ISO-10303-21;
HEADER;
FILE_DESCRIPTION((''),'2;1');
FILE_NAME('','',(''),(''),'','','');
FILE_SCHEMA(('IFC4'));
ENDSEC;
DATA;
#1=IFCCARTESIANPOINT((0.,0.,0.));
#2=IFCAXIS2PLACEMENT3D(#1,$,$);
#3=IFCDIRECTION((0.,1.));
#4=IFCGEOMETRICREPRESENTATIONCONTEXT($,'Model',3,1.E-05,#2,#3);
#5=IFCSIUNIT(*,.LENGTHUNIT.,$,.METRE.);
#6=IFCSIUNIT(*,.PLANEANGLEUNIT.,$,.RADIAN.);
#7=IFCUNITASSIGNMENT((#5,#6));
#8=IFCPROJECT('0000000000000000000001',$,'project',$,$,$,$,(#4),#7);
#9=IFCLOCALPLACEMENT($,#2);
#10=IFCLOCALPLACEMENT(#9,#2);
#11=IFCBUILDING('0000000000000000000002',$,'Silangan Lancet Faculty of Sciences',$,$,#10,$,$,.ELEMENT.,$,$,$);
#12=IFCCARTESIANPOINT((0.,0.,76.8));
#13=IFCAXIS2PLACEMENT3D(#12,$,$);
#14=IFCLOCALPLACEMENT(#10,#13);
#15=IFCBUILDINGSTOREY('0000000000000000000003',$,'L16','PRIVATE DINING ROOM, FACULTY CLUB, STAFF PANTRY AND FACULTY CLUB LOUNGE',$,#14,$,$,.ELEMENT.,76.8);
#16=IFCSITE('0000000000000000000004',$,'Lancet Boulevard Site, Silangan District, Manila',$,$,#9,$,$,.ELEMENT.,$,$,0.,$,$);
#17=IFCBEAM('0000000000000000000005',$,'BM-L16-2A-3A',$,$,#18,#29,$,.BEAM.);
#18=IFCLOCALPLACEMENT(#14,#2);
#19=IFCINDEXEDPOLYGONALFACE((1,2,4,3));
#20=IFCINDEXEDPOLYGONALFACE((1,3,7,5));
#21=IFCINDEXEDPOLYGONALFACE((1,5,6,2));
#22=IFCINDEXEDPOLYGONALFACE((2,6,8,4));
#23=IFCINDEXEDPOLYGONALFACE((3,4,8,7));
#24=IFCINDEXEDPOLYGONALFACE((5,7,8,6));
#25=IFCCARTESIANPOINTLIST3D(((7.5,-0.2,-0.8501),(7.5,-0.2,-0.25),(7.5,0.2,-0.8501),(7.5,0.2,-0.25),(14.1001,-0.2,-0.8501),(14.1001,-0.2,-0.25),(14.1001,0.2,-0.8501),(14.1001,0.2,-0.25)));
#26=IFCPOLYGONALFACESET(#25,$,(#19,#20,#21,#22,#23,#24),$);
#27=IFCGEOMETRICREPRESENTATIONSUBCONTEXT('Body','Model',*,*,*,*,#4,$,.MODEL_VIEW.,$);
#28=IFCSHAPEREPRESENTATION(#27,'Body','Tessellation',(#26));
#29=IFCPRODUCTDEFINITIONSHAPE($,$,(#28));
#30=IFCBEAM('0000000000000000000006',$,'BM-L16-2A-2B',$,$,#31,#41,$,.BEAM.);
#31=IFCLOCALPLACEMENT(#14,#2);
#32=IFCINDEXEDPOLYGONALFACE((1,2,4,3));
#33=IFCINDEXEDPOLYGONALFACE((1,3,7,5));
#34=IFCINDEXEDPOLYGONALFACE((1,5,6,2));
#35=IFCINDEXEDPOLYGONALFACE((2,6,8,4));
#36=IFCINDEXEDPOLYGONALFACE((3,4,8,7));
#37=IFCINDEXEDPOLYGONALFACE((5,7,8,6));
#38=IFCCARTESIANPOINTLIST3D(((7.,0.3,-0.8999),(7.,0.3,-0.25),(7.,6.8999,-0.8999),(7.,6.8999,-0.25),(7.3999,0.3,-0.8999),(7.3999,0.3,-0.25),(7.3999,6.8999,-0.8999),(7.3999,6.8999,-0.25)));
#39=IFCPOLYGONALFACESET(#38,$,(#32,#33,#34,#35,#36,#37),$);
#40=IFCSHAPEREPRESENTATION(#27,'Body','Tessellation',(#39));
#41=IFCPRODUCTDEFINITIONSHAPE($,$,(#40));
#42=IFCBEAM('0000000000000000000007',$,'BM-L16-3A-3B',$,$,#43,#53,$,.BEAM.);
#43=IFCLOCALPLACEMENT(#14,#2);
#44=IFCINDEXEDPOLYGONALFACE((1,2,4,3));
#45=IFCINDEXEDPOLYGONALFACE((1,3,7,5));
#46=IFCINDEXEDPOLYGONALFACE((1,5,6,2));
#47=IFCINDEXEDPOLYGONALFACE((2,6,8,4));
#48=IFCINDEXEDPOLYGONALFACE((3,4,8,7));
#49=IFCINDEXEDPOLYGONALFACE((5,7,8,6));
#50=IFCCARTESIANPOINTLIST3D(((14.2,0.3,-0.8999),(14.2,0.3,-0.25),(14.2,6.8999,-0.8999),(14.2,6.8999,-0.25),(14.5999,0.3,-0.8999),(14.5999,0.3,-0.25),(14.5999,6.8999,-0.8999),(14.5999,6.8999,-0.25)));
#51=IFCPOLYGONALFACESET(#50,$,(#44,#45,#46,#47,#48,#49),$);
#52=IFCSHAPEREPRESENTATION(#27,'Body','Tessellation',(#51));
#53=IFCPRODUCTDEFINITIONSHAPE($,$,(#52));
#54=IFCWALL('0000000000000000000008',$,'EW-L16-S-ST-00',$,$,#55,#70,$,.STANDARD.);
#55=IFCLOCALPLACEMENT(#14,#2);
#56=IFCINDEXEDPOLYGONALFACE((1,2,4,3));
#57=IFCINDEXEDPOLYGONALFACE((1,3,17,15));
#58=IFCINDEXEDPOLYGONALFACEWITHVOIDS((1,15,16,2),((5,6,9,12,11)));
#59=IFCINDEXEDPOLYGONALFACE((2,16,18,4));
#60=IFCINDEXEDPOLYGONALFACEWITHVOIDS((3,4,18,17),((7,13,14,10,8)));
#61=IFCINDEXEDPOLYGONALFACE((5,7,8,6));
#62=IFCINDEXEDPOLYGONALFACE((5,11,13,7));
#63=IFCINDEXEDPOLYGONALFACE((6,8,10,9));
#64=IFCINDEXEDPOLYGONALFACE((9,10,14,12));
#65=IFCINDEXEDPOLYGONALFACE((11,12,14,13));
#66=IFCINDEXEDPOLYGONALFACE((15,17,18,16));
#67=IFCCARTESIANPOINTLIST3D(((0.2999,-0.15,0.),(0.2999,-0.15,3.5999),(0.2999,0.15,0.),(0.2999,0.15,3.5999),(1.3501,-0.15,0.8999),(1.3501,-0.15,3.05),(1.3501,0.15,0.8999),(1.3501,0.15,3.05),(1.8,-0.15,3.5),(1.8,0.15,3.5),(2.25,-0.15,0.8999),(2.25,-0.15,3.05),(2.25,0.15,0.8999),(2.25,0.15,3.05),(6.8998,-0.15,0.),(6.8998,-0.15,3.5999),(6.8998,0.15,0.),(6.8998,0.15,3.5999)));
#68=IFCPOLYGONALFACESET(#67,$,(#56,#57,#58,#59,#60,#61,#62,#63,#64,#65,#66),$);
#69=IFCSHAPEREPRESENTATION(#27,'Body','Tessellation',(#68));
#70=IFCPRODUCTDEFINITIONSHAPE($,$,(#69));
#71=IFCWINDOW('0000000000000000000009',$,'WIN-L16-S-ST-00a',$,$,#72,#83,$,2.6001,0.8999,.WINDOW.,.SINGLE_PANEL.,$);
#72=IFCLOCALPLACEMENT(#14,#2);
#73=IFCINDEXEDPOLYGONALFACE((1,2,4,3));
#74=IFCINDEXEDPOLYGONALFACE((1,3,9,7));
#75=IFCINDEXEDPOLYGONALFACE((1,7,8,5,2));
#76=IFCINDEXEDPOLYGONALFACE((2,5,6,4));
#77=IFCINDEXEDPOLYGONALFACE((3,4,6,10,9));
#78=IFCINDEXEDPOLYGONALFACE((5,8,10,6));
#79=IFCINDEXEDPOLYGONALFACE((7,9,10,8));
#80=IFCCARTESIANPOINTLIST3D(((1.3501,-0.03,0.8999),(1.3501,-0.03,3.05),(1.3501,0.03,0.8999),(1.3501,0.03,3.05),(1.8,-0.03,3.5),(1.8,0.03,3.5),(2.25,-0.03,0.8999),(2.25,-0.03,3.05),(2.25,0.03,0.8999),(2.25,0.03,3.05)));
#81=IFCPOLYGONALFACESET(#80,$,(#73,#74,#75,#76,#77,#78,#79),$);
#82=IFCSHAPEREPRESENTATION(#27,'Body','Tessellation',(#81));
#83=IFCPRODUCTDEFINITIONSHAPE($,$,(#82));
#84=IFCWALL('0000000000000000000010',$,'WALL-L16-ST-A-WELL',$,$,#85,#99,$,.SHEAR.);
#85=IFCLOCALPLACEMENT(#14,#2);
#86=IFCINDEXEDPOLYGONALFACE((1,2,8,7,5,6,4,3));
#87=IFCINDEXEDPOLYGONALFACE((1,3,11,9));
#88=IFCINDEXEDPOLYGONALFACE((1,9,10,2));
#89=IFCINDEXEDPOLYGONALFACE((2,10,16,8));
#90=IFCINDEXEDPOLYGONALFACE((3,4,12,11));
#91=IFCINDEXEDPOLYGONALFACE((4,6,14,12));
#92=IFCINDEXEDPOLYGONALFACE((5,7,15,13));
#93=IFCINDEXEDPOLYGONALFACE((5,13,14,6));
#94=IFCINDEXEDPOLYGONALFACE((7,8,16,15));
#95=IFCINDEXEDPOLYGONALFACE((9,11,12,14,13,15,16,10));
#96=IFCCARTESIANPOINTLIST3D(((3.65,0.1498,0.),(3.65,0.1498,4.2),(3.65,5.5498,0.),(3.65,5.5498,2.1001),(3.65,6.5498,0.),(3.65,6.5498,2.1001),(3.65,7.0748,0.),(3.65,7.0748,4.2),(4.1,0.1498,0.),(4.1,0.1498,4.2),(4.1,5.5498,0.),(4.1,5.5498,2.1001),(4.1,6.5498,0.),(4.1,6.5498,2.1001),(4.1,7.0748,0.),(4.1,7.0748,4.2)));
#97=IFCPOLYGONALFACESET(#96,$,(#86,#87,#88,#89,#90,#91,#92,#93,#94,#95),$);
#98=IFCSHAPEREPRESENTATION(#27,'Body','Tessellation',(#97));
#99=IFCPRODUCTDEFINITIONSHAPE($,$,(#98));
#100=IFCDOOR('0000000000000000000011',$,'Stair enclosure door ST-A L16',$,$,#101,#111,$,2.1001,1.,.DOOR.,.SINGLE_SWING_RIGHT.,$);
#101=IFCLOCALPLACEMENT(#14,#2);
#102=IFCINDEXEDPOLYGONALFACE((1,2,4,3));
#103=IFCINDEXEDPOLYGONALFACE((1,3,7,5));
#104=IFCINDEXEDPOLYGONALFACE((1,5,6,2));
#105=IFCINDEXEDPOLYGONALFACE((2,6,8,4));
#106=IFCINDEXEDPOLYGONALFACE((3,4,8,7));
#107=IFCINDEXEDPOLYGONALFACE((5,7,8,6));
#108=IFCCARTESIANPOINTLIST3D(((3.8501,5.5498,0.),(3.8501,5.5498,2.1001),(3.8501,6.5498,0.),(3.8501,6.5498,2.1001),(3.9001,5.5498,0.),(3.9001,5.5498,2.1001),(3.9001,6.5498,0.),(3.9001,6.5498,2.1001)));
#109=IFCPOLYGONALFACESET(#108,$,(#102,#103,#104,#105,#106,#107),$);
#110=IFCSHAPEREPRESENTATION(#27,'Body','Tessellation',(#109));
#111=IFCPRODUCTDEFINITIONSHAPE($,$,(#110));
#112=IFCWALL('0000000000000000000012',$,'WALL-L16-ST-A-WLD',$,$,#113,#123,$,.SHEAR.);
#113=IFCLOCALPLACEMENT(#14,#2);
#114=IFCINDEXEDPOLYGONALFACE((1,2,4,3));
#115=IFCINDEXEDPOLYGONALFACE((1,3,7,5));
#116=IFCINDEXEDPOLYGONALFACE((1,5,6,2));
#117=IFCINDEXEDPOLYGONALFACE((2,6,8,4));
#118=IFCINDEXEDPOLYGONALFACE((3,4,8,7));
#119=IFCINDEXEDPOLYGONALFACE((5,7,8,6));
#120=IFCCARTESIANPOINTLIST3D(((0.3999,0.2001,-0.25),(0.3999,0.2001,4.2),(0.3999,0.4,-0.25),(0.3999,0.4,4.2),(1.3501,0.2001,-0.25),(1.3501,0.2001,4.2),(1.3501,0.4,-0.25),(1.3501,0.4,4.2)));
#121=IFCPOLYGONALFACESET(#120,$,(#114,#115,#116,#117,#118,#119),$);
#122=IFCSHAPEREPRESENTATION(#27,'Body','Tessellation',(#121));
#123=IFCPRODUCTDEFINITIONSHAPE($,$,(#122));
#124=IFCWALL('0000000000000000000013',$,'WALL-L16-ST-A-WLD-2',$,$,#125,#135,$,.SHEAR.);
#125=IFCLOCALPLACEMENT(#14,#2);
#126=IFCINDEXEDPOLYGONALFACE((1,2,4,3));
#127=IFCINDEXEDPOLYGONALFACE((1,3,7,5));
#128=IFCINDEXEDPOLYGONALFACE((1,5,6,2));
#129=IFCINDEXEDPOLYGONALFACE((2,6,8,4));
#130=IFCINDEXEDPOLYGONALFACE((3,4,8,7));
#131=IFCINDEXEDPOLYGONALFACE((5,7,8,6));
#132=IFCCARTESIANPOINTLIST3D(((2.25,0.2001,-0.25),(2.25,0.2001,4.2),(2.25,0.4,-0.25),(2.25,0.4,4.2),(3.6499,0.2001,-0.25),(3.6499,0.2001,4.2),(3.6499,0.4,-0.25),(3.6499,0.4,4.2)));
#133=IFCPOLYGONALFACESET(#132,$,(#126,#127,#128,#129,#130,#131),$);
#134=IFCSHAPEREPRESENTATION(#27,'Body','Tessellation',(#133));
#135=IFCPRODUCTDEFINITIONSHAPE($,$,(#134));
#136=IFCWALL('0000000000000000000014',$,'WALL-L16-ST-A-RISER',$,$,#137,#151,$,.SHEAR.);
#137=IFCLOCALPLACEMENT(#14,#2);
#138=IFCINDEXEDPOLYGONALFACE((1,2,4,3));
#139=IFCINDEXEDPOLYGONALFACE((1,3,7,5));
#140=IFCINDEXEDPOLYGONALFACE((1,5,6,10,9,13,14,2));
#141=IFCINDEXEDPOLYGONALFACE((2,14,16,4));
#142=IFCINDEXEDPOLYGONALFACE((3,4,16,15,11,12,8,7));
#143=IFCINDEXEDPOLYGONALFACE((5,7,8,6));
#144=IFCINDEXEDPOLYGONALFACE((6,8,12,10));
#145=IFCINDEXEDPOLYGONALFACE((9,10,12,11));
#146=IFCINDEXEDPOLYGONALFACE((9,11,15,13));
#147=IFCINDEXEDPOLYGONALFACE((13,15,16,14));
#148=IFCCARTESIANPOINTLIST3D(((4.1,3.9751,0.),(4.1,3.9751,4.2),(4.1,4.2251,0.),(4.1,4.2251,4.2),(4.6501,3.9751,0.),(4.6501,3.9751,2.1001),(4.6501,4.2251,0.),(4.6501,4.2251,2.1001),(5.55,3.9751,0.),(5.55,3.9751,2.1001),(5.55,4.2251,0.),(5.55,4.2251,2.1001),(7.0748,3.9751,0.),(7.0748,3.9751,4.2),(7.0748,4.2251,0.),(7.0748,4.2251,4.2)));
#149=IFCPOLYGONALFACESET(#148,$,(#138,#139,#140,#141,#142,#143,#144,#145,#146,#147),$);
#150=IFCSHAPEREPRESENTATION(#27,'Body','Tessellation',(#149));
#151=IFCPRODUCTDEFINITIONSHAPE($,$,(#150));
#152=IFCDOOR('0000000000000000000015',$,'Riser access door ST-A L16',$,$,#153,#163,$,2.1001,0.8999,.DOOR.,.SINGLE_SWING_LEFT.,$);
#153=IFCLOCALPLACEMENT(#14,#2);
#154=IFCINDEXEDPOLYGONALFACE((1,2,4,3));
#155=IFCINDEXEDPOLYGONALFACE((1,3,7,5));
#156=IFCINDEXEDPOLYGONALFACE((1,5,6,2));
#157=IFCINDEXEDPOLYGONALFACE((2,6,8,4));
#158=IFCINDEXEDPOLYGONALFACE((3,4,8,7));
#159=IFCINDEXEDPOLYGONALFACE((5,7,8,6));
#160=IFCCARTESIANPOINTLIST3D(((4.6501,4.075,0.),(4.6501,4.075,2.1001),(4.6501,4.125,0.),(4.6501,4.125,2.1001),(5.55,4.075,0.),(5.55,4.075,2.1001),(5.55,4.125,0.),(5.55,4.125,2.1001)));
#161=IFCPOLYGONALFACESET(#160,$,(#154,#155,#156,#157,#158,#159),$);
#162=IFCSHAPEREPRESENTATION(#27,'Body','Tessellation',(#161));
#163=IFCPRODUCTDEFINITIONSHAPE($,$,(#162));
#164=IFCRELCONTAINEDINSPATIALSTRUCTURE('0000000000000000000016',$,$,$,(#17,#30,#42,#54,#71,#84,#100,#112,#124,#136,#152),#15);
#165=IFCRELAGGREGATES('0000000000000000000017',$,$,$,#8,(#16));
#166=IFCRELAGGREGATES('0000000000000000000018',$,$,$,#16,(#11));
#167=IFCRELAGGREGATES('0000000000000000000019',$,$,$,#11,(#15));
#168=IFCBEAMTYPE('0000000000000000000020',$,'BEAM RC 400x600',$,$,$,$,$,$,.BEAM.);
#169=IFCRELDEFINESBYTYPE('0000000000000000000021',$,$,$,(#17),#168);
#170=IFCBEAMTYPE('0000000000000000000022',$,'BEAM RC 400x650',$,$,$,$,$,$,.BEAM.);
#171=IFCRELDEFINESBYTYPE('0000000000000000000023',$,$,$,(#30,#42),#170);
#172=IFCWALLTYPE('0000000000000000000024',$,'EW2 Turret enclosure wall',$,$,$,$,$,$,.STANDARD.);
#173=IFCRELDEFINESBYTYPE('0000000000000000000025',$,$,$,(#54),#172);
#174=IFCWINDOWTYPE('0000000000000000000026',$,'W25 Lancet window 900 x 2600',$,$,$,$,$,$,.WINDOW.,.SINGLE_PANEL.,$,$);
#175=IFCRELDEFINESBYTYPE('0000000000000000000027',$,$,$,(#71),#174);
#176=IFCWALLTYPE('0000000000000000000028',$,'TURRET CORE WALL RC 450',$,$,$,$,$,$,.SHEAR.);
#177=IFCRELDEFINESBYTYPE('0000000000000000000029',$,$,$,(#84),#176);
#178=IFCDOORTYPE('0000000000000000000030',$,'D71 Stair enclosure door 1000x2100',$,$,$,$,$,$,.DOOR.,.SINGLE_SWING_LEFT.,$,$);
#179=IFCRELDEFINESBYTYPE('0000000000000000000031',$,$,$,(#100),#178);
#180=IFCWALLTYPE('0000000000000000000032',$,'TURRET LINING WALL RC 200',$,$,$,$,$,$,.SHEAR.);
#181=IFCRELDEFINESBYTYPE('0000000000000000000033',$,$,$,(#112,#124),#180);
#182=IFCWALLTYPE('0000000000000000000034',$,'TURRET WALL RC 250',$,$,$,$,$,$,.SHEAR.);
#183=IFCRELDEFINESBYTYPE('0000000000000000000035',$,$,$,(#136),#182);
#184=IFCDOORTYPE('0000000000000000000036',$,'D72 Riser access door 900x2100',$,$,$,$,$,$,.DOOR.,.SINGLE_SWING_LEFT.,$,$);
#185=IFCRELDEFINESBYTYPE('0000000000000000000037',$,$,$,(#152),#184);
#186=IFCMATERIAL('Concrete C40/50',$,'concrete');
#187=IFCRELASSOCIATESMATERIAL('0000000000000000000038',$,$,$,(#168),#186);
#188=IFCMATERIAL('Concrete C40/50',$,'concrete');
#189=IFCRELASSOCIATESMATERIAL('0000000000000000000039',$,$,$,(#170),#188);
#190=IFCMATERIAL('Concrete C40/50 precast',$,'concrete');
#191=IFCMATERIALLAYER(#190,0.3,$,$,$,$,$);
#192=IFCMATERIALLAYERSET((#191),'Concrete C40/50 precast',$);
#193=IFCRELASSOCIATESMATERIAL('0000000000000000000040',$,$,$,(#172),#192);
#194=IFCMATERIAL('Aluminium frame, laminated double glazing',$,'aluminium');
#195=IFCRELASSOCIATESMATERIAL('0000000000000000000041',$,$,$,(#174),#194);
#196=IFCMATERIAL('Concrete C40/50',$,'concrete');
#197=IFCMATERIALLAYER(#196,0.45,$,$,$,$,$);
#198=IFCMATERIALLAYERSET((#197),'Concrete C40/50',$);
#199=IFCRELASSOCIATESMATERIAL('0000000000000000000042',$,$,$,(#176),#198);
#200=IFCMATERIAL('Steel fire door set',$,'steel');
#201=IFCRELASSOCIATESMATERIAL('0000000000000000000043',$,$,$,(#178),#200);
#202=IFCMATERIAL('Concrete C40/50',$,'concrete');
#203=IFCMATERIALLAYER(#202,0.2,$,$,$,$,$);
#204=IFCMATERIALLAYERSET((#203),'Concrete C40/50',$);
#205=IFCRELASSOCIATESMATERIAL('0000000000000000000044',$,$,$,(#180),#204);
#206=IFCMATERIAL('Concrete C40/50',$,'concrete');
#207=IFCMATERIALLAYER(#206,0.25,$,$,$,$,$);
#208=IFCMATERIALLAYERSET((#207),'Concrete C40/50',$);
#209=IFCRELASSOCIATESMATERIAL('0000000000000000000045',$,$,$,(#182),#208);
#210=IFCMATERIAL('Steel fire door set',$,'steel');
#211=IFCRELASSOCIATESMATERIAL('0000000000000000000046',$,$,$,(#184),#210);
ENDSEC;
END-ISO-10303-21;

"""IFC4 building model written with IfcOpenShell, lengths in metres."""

from ifc_helpers import new_model, si_unit, direction, frame, frame_2d, origin, origin_2d, place, context, subcontext, project, spatial, polyline, rectangle, outline, extrude, material, layer, layer_set, material_profile, profile_set, type_object, element, fill, save


model = new_model("IFC4")

# Units and contexts
model_context = context("Model", 3, precision=1e-05, world=origin(), true_north=direction((0.0, 1.0)))
body_context = subcontext(model_context, "Body", "Model", "MODEL_VIEW")
ifc_project = project(units=[si_unit("LENGTHUNIT", "METRE"), si_unit("PLANEANGLEUNIT", "RADIAN")], contexts=[model_context])

# Site, building, storey
site_placement = place(None, origin())
site = spatial("IfcSite", under=ifc_project, at=site_placement, Name="Lancet Boulevard Site, Silangan District, Manila", CompositionType="ELEMENT", RefElevation=0.0)
building_placement = place(site_placement, origin())
building = spatial("IfcBuilding", under=site, at=building_placement, Name="Silangan Lancet Faculty of Sciences", CompositionType="ELEMENT")
storey_placement = place(building_placement, frame((0.0, 0.0, 76.8)))
storey = spatial("IfcBuildingStorey", under=building, at=storey_placement, Name="L16", Description="PRIVATE DINING ROOM, FACULTY CLUB, STAFF PANTRY AND FACULTY CLUB LOUNGE", CompositionType="ELEMENT", Elevation=76.8)

# Beams
ifc_material_1 = material(Name="Concrete C40/50", Category="concrete")
ifc_material_profile_1 = material_profile(ifc_material_1, rectangle(XDim=0.3999, YDim=0.6001, at=origin_2d()), Name="RC 400x600")
ifc_profile_set_1 = profile_set([ifc_material_profile_1], Name="Concrete C40/50")
beam_type_1 = type_object("IfcBeamType", Name="BEAM RC 400x600", PredefinedType="BEAM", material=ifc_profile_set_1)
beam_placement = place(storey_placement, frame((7.5, 0.0, -0.55), z_axis=(1.0, 0.0, 0.0), x_axis=(0.0, 1.0, 0.0)))
element("IfcBeam", 1, at=beam_placement, inside=storey, type_object=beam_type_1, Name="BM-L16-2A-3A", PredefinedType="BEAM", context=body_context, shape_type="SweptSolid", body=[
    extrude(rectangle(XDim=0.3999, YDim=0.6001, at=origin_2d()), origin(), (0.0, 0.0, 1.0), 6.6001),
])
ifc_material_2 = material(Name="Concrete C40/50", Category="concrete")
ifc_material_profile_2 = material_profile(ifc_material_2, rectangle(XDim=0.3999, YDim=0.6499, at=origin_2d()), Name="RC 400x650")
ifc_profile_set_2 = profile_set([ifc_material_profile_2], Name="Concrete C40/50")
beam_type_2 = type_object("IfcBeamType", Name="BEAM RC 400x650", PredefinedType="BEAM", material=ifc_profile_set_2)
for number, where, z_axis, x_axis, name in (
    (2, (7.2, 0.3, -0.575), (0.0, 1.0, 0.0), (-1.0, 0.0, 0.0), "BM-L16-2A-2B"),
    (3, (14.3999, 0.3, -0.575), (0.0, 1.0, 0.0), (-1.0, 0.0, 0.0), "BM-L16-3A-3B"),
):
    element("IfcBeam", number, at=place(storey_placement, frame(where, z_axis=z_axis, x_axis=x_axis)), inside=storey, type_object=beam_type_2, Name=name, PredefinedType="BEAM", context=body_context, shape_type="SweptSolid", body=[
        extrude(rectangle(XDim=0.3999, YDim=0.6499, at=origin_2d()), origin(), (0.0, 0.0, 1.0), 6.5999),
    ])

# Wall, opening, window
ifc_material_3 = material(Name="Concrete C40/50 precast", Category="concrete")
ifc_layer_1 = layer(ifc_material_3, 0.3)
ifc_layer_set_1 = layer_set([ifc_layer_1], Name="Concrete C40/50 precast")
wall_type_1 = type_object("IfcWallType", Name="EW2 Turret enclosure wall", PredefinedType="STANDARD", material=ifc_layer_set_1)
wall_1_placement = place(storey_placement, frame((0.3, 0.0, 0.0), z_axis=(0.0, 0.0, 1.0), x_axis=(1.0, 0.0, 0.0)))
wall_1 = element("IfcWall", 4, at=wall_1_placement, inside=storey, type_object=wall_type_1, Name="EW-L16-S-ST-00", PredefinedType="STANDARD", context=body_context, shape_type="SweptSolid", body=[
    extrude(rectangle(XDim=6.5999, YDim=0.3, at=frame_2d((3.2998, 0.0))), origin(), (0.0, 0.0, 1.0), 3.5999),
])
opening_1_placement = place(wall_1_placement, frame((1.05, 0.0, 0.8999)))
opening_1 = element("IfcOpeningElement", 5, at=opening_1_placement, cuts=wall_1, PredefinedType="OPENING", context=body_context, shape_type="SweptSolid", body=[
    extrude(outline(polyline([(0.0, 0.0), (0.8999, 0.0), (0.8999, 2.1501), (0.45, 2.6001), (0.0, 2.1501), (0.0, 0.0)])), frame((0.0, 0.1599, 0.0), z_axis=(0.0, -1.0, 0.0), x_axis=(1.0, 0.0, 0.0)), (0.0, 0.0, 1.0), 0.3201),
])
ifc_material_4 = material(Name="Aluminium frame, laminated double glazing", Category="aluminium")
window_type = type_object("IfcWindowType", Name="W25 Lancet window 900 x 2600", PartitioningType="SINGLE_PANEL", PredefinedType="WINDOW", material=ifc_material_4)
window_placement = place(opening_1_placement, origin())
window = element("IfcWindow", 6, at=window_placement, inside=storey, type_object=window_type, Name="WIN-L16-S-ST-00a", OverallHeight=2.6001, OverallWidth=0.8999, PartitioningType="SINGLE_PANEL", PredefinedType="WINDOW", context=body_context, shape_type="SweptSolid", body=[
    extrude(outline(polyline([(0.0, 0.0), (0.8999, 0.0), (0.8999, 2.1501), (0.45, 2.6001), (0.0, 2.1501), (0.0, 0.0)])), frame((0.0, 0.03, 0.0), z_axis=(0.0, -1.0, 0.0), x_axis=(1.0, 0.0, 0.0)), (0.0, 0.0, 1.0), 0.0601),
])
fill(opening_1, window)

# Wall, opening, door
ifc_material_5 = material(Name="Concrete C40/50", Category="concrete")
ifc_layer_2 = layer(ifc_material_5, 0.45)
ifc_layer_set_2 = layer_set([ifc_layer_2], Name="Concrete C40/50")
wall_type_2 = type_object("IfcWallType", Name="TURRET CORE WALL RC 450", PredefinedType="SHEAR", material=ifc_layer_set_2)
wall_2_placement = place(storey_placement, frame((3.875, 0.1499, 0.0), z_axis=(0.0, 0.0, 1.0), x_axis=(0.0, 1.0, 0.0)))
wall_2 = element("IfcWall", 7, at=wall_2_placement, inside=storey, type_object=wall_type_2, Name="WALL-L16-ST-A-WELL", PredefinedType="SHEAR", context=body_context, shape_type="SweptSolid", body=[
    extrude(rectangle(XDim=6.925, YDim=0.45, at=frame_2d((3.4624, 0.0))), origin(), (0.0, 0.0, 1.0), 4.2),
])
opening_2_placement = place(wall_2_placement, frame((5.3999, 0.0, 0.0)))
opening_2 = element("IfcOpeningElement", 8, at=opening_2_placement, cuts=wall_2, PredefinedType="OPENING", context=body_context, shape_type="SweptSolid", body=[
    extrude(rectangle(XDim=1.0, YDim=2.1001, at=frame_2d((0.5, 1.05))), frame((0.0, 0.2349, 0.0), z_axis=(0.0, -1.0, 0.0), x_axis=(1.0, 0.0, 0.0)), (0.0, 0.0, 1.0), 0.47),
])
ifc_material_6 = material(Name="Steel fire door set", Category="steel")
door_type_1 = type_object("IfcDoorType", Name="D71 Stair enclosure door 1000x2100", OperationType="SINGLE_SWING_LEFT", PredefinedType="DOOR", material=ifc_material_6)
door_1_placement = place(opening_2_placement, origin())
door_1 = element("IfcDoor", 9, at=door_1_placement, inside=storey, type_object=door_type_1, Name="Stair enclosure door ST-A L16", OperationType="SINGLE_SWING_RIGHT", OverallHeight=2.1001, OverallWidth=1.0, PredefinedType="DOOR", context=body_context, shape_type="SweptSolid", body=[
    extrude(rectangle(XDim=1.0, YDim=2.1001, at=frame_2d((0.5, 1.05))), frame((0.0, 0.0249, 0.0), z_axis=(0.0, -1.0, 0.0), x_axis=(1.0, 0.0, 0.0)), (0.0, 0.0, 1.0), 0.05),
])
fill(opening_2, door_1)

# Walls
ifc_material_7 = material(Name="Concrete C40/50", Category="concrete")
ifc_layer_3 = layer(ifc_material_7, 0.2)
ifc_layer_set_3 = layer_set([ifc_layer_3], Name="Concrete C40/50")
wall_type_3 = type_object("IfcWallType", Name="TURRET LINING WALL RC 200", PredefinedType="SHEAR", material=ifc_layer_set_3)
wall_3_placement = place(storey_placement, frame((0.3999, 0.3, -0.25), z_axis=(0.0, 0.0, 1.0), x_axis=(1.0, 0.0, 0.0)))
element("IfcWall", 10, at=wall_3_placement, inside=storey, type_object=wall_type_3, Name="WALL-L16-ST-A-WLD", PredefinedType="SHEAR", context=body_context, shape_type="SweptSolid", body=[
    extrude(rectangle(XDim=0.9502, YDim=0.2, at=frame_2d((0.4751, 0.0))), origin(), (0.0, 0.0, 1.0), 4.45),
])
wall_4_placement = place(storey_placement, frame((2.25, 0.3, -0.25), z_axis=(0.0, 0.0, 1.0), x_axis=(1.0, 0.0, 0.0)))
element("IfcWall", 11, at=wall_4_placement, inside=storey, type_object=wall_type_3, Name="WALL-L16-ST-A-WLD-2", PredefinedType="SHEAR", context=body_context, shape_type="SweptSolid", body=[
    extrude(rectangle(XDim=1.3999, YDim=0.2, at=frame_2d((0.7, 0.0))), origin(), (0.0, 0.0, 1.0), 4.45),
])

# Wall, opening, door
ifc_material_8 = material(Name="Concrete C40/50", Category="concrete")
ifc_layer_4 = layer(ifc_material_8, 0.25)
ifc_layer_set_4 = layer_set([ifc_layer_4], Name="Concrete C40/50")
wall_type_4 = type_object("IfcWallType", Name="TURRET WALL RC 250", PredefinedType="SHEAR", material=ifc_layer_set_4)
wall_5_placement = place(storey_placement, frame((4.1001, 4.1001, 0.0), z_axis=(0.0, 0.0, 1.0), x_axis=(1.0, 0.0, 0.0)))
wall_5 = element("IfcWall", 12, at=wall_5_placement, inside=storey, type_object=wall_type_4, Name="WALL-L16-ST-A-RISER", PredefinedType="SHEAR", context=body_context, shape_type="SweptSolid", body=[
    extrude(rectangle(XDim=2.9749, YDim=0.25, at=frame_2d((1.4873, 0.0))), origin(), (0.0, 0.0, 1.0), 4.2),
])
opening_3_placement = place(wall_5_placement, frame((0.55, 0.0, 0.0)))
opening_3 = element("IfcOpeningElement", 13, at=opening_3_placement, cuts=wall_5, PredefinedType="OPENING", context=body_context, shape_type="SweptSolid", body=[
    extrude(rectangle(XDim=0.8999, YDim=2.1001, at=frame_2d((0.45, 1.05))), frame((0.0, 0.135, 0.0), z_axis=(0.0, -1.0, 0.0), x_axis=(1.0, 0.0, 0.0)), (0.0, 0.0, 1.0), 0.27),
])
ifc_material_9 = material(Name="Steel fire door set", Category="steel")
door_type_2 = type_object("IfcDoorType", Name="D72 Riser access door 900x2100", OperationType="SINGLE_SWING_LEFT", PredefinedType="DOOR", material=ifc_material_9)
door_2_placement = place(opening_3_placement, frame((0.8999, 0.0, 0.0), z_axis=(0.0, 0.0, 1.0), x_axis=(-1.0, 0.0, 0.0)))
door_2 = element("IfcDoor", 14, at=door_2_placement, inside=storey, type_object=door_type_2, Name="Riser access door ST-A L16", OperationType="SINGLE_SWING_LEFT", OverallHeight=2.1001, OverallWidth=0.8999, PredefinedType="DOOR", context=body_context, shape_type="SweptSolid", body=[
    extrude(rectangle(XDim=0.8999, YDim=2.1001, at=frame_2d((0.45, 1.05))), frame((0.0, 0.0251, 0.0), z_axis=(0.0, -1.0, 0.0), x_axis=(1.0, 0.0, 0.0)), (0.0, 0.0, 1.0), 0.05),
])
fill(opening_3, door_2)

save(model, "model.ifc")
